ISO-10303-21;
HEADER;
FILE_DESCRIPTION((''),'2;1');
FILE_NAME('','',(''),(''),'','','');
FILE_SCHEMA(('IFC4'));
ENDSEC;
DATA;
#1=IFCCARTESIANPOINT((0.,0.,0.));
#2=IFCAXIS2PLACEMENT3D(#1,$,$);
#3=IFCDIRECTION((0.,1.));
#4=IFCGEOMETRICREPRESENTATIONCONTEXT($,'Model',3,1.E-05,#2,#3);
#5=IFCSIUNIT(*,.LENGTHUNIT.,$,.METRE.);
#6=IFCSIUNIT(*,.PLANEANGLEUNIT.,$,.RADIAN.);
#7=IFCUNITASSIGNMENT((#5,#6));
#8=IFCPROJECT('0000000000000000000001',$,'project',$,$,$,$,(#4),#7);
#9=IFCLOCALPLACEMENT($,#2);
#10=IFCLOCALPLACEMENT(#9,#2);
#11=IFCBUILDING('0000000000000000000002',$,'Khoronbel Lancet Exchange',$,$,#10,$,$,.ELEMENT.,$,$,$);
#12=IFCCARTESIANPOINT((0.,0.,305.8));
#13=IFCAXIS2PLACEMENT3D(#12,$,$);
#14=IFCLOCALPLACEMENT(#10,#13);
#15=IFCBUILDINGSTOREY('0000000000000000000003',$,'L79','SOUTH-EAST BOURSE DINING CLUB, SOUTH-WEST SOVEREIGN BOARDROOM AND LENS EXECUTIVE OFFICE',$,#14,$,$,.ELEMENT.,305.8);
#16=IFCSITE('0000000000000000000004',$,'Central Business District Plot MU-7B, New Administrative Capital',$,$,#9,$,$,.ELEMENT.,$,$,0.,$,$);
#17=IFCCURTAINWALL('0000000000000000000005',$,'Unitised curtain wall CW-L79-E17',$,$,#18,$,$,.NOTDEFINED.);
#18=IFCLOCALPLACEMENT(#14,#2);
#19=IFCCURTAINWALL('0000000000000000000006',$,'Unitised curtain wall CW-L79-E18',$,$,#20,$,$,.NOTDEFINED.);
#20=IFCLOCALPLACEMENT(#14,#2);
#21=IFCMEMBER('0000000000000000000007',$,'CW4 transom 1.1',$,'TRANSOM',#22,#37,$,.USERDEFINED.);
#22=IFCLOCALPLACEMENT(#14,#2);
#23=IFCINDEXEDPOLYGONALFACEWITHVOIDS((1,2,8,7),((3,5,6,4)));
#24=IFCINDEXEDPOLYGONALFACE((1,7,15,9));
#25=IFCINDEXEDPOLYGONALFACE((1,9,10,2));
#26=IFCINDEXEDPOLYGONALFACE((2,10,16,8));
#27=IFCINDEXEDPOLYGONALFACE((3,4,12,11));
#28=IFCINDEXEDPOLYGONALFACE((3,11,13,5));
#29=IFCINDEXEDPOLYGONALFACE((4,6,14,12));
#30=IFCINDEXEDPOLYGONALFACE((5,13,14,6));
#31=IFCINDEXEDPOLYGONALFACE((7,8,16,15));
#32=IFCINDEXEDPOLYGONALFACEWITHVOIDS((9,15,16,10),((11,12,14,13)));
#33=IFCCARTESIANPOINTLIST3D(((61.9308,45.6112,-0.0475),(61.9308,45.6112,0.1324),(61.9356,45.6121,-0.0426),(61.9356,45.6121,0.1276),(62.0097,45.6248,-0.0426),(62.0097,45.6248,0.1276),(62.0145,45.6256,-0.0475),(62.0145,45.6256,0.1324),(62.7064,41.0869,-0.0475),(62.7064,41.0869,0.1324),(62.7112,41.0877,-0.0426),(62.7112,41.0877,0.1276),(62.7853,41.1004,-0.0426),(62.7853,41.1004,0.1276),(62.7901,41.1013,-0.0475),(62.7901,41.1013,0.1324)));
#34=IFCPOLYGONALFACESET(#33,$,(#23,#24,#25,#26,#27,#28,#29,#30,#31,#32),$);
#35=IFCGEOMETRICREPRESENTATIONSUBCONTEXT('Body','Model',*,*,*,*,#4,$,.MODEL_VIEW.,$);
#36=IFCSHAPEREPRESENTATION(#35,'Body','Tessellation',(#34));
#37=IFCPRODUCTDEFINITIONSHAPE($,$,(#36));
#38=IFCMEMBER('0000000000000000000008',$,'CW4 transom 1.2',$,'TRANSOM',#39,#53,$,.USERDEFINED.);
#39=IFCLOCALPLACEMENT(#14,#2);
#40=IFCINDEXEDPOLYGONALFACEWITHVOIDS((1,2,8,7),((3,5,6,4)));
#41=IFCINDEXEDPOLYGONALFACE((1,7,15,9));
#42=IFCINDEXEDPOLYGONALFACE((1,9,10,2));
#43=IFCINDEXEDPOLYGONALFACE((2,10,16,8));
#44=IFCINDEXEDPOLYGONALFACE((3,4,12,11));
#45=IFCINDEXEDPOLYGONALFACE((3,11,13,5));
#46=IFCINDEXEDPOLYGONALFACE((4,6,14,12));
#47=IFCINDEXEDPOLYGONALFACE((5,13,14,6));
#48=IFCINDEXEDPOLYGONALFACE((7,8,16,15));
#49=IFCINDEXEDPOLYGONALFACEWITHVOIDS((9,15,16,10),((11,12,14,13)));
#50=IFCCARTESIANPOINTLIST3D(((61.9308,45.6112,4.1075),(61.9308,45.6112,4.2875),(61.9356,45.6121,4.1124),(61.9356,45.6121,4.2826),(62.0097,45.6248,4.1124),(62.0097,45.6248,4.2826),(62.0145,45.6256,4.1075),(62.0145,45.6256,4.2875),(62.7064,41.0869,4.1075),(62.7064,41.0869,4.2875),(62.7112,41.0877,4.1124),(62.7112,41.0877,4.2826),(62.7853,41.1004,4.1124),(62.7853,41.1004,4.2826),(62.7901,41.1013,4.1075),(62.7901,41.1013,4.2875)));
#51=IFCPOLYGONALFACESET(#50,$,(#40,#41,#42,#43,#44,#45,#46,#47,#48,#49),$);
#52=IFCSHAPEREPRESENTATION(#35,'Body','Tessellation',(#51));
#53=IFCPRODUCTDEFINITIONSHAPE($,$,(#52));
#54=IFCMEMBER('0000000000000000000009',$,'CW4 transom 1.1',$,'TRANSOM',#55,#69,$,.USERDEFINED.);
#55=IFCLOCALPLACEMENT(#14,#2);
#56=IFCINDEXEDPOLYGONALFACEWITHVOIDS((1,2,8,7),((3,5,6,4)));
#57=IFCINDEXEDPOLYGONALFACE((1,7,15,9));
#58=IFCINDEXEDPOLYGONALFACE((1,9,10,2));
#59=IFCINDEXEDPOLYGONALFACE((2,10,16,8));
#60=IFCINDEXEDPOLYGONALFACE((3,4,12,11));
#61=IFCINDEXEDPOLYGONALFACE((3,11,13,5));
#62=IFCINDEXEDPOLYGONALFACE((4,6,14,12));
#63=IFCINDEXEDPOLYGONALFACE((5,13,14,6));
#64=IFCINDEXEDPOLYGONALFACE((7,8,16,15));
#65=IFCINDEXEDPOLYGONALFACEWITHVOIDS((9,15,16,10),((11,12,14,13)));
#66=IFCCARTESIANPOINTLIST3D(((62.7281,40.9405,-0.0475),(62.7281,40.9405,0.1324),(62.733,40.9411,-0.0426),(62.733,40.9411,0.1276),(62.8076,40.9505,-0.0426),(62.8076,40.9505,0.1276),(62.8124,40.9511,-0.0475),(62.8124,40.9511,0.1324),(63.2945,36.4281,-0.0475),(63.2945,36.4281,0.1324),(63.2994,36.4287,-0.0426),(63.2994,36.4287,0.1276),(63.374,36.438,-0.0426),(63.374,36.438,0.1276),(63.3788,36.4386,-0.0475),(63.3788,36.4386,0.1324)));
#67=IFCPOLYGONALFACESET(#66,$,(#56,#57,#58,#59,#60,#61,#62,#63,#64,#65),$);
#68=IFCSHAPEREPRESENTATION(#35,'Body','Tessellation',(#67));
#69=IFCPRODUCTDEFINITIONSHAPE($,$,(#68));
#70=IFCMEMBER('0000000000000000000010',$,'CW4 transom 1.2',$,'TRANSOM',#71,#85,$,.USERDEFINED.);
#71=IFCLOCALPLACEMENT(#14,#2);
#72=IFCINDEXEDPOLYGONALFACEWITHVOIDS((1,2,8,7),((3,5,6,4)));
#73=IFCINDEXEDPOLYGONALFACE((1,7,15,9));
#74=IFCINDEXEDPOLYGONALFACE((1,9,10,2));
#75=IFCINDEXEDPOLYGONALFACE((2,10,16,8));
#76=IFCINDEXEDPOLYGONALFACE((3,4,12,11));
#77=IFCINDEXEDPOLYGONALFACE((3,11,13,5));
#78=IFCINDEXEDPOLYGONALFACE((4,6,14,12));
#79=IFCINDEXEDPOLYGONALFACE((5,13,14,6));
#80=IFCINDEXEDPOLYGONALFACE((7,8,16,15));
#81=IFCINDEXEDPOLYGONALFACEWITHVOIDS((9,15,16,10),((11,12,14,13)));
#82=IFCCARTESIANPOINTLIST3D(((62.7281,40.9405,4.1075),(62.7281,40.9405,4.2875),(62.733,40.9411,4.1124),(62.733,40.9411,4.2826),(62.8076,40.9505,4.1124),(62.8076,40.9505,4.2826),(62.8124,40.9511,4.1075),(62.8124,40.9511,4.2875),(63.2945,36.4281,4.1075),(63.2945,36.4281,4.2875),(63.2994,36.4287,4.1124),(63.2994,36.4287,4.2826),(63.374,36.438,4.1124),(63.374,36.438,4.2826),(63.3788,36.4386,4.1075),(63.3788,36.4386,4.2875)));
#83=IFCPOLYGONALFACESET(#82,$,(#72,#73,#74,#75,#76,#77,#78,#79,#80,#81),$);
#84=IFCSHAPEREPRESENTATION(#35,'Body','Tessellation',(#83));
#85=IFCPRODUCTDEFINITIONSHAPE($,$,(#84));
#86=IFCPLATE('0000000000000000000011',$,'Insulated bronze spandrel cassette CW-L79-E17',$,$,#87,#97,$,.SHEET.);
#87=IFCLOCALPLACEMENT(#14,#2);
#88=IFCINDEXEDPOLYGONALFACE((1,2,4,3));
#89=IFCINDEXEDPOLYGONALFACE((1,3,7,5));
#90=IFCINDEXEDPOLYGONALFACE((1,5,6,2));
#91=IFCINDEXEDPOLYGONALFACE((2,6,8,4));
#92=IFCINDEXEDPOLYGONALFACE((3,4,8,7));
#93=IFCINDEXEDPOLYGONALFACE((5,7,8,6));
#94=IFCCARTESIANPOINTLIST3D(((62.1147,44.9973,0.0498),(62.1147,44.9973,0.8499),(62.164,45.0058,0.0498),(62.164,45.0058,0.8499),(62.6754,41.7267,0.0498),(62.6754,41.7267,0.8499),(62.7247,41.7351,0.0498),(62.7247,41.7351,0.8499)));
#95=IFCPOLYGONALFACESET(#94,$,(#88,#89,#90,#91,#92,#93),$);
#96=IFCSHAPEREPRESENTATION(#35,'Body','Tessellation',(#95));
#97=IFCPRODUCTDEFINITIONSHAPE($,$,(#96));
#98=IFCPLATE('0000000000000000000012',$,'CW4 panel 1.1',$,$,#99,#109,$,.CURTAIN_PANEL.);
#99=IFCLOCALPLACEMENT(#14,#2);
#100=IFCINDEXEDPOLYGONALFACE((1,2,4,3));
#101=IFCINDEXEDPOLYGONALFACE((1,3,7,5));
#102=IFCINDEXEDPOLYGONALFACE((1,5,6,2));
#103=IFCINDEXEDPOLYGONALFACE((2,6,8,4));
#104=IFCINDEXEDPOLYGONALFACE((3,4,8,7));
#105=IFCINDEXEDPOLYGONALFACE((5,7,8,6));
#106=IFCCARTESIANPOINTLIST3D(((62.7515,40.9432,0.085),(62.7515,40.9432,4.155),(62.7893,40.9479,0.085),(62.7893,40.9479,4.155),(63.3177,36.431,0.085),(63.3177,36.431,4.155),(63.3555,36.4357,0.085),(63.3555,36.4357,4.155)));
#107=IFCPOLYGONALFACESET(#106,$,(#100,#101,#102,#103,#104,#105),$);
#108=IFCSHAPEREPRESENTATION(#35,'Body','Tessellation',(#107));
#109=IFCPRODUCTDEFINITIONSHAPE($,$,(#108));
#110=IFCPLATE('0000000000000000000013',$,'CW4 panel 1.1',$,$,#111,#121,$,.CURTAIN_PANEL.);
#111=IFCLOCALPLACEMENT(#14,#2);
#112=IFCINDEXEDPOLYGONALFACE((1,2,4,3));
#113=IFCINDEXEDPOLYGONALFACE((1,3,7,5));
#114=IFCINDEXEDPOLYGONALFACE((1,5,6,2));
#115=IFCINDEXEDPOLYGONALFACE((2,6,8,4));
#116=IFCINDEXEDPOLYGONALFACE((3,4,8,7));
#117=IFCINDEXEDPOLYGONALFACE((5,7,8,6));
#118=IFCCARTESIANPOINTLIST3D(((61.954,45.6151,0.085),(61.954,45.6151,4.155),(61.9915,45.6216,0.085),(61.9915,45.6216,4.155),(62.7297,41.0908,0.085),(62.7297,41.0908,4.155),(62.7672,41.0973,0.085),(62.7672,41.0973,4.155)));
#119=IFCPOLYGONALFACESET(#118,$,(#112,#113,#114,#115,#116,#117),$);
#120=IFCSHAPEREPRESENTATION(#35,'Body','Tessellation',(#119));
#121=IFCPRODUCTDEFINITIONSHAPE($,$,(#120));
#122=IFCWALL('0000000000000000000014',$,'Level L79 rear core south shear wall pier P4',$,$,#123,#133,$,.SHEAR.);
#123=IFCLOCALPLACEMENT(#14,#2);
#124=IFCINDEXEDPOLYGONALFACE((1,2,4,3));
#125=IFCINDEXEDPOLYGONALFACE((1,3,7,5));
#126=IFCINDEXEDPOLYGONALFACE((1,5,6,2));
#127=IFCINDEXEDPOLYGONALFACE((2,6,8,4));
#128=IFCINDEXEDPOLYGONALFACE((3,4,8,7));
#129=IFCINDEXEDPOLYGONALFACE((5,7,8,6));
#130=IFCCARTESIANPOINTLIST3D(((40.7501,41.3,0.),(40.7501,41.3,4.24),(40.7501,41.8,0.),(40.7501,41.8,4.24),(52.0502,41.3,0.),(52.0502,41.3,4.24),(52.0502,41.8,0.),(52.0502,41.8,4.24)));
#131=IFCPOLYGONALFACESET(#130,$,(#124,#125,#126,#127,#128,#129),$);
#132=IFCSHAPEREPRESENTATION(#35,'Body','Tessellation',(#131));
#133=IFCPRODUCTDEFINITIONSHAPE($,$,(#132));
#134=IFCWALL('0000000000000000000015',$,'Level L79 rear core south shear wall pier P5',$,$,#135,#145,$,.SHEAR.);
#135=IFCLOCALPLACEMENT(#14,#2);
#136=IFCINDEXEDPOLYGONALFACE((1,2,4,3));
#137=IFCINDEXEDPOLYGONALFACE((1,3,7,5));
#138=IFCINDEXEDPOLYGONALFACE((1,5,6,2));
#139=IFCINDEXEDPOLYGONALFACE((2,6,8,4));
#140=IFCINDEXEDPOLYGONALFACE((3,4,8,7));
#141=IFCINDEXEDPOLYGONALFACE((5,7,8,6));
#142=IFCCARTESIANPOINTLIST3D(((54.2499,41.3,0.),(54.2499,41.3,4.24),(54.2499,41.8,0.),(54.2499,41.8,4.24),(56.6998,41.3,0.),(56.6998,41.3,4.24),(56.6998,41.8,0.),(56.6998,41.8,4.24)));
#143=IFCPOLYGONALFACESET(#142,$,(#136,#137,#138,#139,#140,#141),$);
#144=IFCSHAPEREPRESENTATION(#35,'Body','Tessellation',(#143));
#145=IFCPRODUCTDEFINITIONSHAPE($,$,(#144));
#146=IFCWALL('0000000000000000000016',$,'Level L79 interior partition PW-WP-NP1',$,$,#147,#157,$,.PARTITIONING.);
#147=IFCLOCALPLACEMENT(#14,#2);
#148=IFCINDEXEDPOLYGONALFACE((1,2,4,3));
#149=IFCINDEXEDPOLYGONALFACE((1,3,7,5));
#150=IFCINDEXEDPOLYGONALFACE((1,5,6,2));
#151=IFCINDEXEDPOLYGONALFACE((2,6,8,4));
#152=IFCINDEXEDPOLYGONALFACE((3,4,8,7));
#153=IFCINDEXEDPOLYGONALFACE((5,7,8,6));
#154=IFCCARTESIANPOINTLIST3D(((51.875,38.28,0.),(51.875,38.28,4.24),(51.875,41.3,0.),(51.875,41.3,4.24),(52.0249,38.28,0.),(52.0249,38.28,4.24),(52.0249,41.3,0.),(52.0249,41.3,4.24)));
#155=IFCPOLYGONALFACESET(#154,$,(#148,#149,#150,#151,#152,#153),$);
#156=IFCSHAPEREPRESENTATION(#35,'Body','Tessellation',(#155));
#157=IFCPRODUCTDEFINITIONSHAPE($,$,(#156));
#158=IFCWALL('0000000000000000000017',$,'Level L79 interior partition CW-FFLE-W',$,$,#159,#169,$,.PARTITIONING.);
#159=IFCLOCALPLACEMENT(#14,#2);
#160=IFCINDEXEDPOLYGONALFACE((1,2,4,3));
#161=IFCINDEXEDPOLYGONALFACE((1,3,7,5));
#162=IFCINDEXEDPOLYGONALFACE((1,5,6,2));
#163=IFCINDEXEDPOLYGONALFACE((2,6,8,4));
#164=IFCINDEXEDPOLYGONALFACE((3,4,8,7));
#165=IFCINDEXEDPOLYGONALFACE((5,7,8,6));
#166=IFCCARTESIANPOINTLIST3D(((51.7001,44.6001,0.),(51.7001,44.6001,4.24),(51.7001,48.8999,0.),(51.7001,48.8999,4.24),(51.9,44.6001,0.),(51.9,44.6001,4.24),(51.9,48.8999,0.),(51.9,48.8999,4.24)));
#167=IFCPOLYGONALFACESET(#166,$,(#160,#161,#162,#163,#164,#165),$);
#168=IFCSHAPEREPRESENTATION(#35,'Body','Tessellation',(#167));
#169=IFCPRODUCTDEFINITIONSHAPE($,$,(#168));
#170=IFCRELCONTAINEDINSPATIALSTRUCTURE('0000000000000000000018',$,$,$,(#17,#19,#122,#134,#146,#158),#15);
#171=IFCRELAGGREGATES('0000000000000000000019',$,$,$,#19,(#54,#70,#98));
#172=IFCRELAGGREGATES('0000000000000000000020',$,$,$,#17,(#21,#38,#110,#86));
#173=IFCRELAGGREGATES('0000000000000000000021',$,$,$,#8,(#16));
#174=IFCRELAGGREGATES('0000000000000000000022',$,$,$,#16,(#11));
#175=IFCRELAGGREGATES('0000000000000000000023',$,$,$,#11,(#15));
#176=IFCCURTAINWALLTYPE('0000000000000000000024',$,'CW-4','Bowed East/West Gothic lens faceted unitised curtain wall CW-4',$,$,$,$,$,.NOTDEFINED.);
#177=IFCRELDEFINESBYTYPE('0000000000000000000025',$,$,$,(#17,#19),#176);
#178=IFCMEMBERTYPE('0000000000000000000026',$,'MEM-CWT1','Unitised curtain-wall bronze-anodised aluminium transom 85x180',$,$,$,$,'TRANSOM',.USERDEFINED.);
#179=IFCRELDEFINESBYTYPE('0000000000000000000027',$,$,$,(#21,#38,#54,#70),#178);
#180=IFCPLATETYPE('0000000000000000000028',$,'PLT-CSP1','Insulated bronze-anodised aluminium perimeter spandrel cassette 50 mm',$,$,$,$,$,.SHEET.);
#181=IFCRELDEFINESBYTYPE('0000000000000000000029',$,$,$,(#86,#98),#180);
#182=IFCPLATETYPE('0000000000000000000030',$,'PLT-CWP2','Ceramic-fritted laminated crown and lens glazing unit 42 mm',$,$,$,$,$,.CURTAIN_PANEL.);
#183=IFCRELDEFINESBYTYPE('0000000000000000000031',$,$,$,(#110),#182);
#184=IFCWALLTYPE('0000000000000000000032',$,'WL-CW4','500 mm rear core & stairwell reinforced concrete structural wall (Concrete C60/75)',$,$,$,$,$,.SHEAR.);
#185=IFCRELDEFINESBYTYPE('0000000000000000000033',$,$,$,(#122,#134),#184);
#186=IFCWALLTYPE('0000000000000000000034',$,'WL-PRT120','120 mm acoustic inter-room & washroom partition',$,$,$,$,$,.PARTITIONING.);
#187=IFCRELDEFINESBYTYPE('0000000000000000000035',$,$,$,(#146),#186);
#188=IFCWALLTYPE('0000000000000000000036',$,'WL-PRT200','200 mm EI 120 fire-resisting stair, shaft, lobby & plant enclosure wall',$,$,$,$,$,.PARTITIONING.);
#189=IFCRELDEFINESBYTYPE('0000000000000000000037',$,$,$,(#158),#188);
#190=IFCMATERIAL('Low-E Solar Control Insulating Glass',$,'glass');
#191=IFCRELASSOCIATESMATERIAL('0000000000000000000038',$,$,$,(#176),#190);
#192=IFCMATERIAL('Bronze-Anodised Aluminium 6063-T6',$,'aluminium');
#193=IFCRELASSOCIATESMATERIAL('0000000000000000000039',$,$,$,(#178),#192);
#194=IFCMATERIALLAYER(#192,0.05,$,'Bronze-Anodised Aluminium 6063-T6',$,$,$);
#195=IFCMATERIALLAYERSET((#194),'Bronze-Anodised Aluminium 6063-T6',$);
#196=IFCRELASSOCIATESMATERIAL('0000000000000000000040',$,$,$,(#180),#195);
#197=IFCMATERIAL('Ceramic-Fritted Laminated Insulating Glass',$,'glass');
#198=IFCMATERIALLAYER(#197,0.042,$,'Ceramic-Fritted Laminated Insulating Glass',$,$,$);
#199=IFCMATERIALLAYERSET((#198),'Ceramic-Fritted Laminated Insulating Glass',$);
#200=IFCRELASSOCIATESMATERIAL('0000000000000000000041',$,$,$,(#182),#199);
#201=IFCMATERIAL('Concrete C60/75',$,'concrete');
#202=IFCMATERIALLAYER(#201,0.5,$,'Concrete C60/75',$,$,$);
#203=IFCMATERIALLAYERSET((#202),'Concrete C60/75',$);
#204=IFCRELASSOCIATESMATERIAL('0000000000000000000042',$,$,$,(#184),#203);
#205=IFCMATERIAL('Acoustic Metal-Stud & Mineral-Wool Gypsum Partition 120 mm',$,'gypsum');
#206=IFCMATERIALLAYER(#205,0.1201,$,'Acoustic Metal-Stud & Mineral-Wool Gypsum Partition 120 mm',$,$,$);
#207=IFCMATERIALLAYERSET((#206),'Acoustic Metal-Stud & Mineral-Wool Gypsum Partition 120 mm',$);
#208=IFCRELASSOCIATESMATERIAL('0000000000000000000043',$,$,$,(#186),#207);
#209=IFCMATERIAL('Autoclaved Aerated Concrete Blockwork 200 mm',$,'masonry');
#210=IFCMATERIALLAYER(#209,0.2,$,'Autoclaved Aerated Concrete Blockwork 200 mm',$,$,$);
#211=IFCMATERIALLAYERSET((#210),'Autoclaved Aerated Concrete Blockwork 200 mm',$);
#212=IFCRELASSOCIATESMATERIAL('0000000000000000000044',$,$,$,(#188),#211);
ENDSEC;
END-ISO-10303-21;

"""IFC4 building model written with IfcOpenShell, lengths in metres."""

from ifc_helpers import new_model, si_unit, direction, frame, frame_2d, origin, origin_2d, place, context, subcontext, project, spatial, rectangle, hollow_rectangle, extrude, material, layer, layer_set, material_profile, profile_set, type_object, element, aggregate, save


model = new_model("IFC4")

# Units and contexts
model_context = context("Model", 3, precision=1e-05, world=origin(), true_north=direction((0.0, 1.0)))
body_context = subcontext(model_context, "Body", "Model", "MODEL_VIEW")
ifc_project = project(units=[si_unit("LENGTHUNIT", "METRE"), si_unit("PLANEANGLEUNIT", "RADIAN")], contexts=[model_context])

# Site, building, storey
site_placement = place(None, origin())
site = spatial("IfcSite", under=ifc_project, at=site_placement, Name="Central Business District Plot MU-7B, New Administrative Capital", CompositionType="ELEMENT", RefElevation=0.0)
building_placement = place(site_placement, origin())
building = spatial("IfcBuilding", under=site, at=building_placement, Name="Khoronbel Lancet Exchange", CompositionType="ELEMENT")
storey_placement = place(building_placement, frame((0.0, 0.0, 305.8)))
storey = spatial("IfcBuildingStorey", under=building, at=storey_placement, Name="L79", Description="SOUTH-EAST BOURSE DINING CLUB, SOUTH-WEST SOVEREIGN BOARDROOM AND LENS EXECUTIVE OFFICE", CompositionType="ELEMENT", Elevation=305.8)

# Shared definitions
ifc_material_1 = material(Name="Concrete C60/75", Category="concrete")

# Curtain wall
ifc_material_2 = material(Name="Low-E Solar Control Insulating Glass", Category="glass")
curtain_wall_type = type_object("IfcCurtainWallType", Name="CW-4", Description="Bowed East/West Gothic lens faceted unitised curtain wall CW-4", PredefinedType="NOTDEFINED", material=ifc_material_2)
curtain_wall_1_placement = place(storey_placement, origin())
curtain_wall_1 = element("IfcCurtainWall", 1, at=curtain_wall_1_placement, inside=storey, type_object=curtain_wall_type, Name="Unitised curtain wall CW-L79-E17", PredefinedType="NOTDEFINED")
ifc_material_3 = material(Name="Bronze-Anodised Aluminium 6063-T6", Category="aluminium")

# Curtain wall
curtain_wall_2_placement = place(storey_placement, origin())
curtain_wall_2 = element("IfcCurtainWall", 2, at=curtain_wall_2_placement, inside=storey, type_object=curtain_wall_type, Name="Unitised curtain wall CW-L79-E18", PredefinedType="NOTDEFINED")

# Members
ifc_material_profile_1 = material_profile(ifc_material_3, hollow_rectangle(XDim=0.085, YDim=0.1799, WallThickness=0.0049, at=origin_2d()), Name="ALU TRANSOM 85x180")
ifc_profile_set_1 = profile_set([ifc_material_profile_1], Name="Bronze-Anodised Aluminium 6063-T6")
member_type_1 = type_object("IfcMemberType", Name="MEM-CWT1", Description="Unitised curtain-wall bronze-anodised aluminium transom 85x180", ElementType="TRANSOM", PredefinedType="USERDEFINED", material=ifc_profile_set_1)
member_1_placement = place(storey_placement, frame((61.9727, 45.6184, 0.0425), z_axis=(0.168968, -0.985621, 0.0), x_axis=(0.985621, 0.168968, 0.0)))
member_1 = element("IfcMember", 3, at=member_1_placement, type_object=member_type_1, Name="CW4 transom 1.1", ObjectType="TRANSOM", PredefinedType="USERDEFINED", context=body_context, shape_type="SweptSolid", body=[
    extrude(hollow_rectangle(XDim=0.085, YDim=0.1799, WallThickness=0.0049, at=origin_2d()), origin(), (0.0, 0.0, 1.0), 4.5903),
])
member_2_placement = place(storey_placement, frame((61.9727, 45.6184, 4.1975), z_axis=(0.168968, -0.985621, 0.0), x_axis=(0.985621, 0.168968, 0.0)))
member_2 = element("IfcMember", 4, at=member_2_placement, type_object=member_type_1, Name="CW4 transom 1.2", ObjectType="TRANSOM", PredefinedType="USERDEFINED", context=body_context, shape_type="SweptSolid", body=[
    extrude(hollow_rectangle(XDim=0.085, YDim=0.1799, WallThickness=0.0049, at=origin_2d()), origin(), (0.0, 0.0, 1.0), 4.5903),
])
member_3_placement = place(storey_placement, frame((62.7703, 40.9458, 0.0425), z_axis=(0.124543, -0.992214, 0.0), x_axis=(0.992214, 0.124543, 0.0)))
member_3 = element("IfcMember", 5, at=member_3_placement, type_object=member_type_1, Name="CW4 transom 1.1", ObjectType="TRANSOM", PredefinedType="USERDEFINED", context=body_context, shape_type="SweptSolid", body=[
    extrude(hollow_rectangle(XDim=0.085, YDim=0.1799, WallThickness=0.0049, at=origin_2d()), origin(), (0.0, 0.0, 1.0), 4.5479),
])
member_4_placement = place(storey_placement, frame((62.7703, 40.9458, 4.1975), z_axis=(0.124543, -0.992214, 0.0), x_axis=(0.992214, 0.124543, 0.0)))
member_4 = element("IfcMember", 6, at=member_4_placement, type_object=member_type_1, Name="CW4 transom 1.2", ObjectType="TRANSOM", PredefinedType="USERDEFINED", context=body_context, shape_type="SweptSolid", body=[
    extrude(hollow_rectangle(XDim=0.085, YDim=0.1799, WallThickness=0.0049, at=origin_2d()), origin(), (0.0, 0.0, 1.0), 4.5479),
])

# Plates
ifc_layer_1 = layer(ifc_material_3, 0.05, Name="Bronze-Anodised Aluminium 6063-T6")
ifc_layer_set_1 = layer_set([ifc_layer_1], Name="Bronze-Anodised Aluminium 6063-T6")
plate_type_1 = type_object("IfcPlateType", Name="PLT-CSP1", Description="Insulated bronze-anodised aluminium perimeter spandrel cassette 50 mm", PredefinedType="SHEET", material=ifc_layer_set_1)
plate_1_placement = place(storey_placement, frame((62.4197, 43.3662, 0.0498), z_axis=(0.0, 0.0, 1.0), x_axis=(0.168974, -0.98562, 0.0)))
plate_1 = element("IfcPlate", 7, at=plate_1_placement, type_object=plate_type_1, Name="Insulated bronze spandrel cassette CW-L79-E17", PredefinedType="SHEET", context=body_context, shape_type="SweptSolid", body=[
    extrude(rectangle(XDim=3.3184, YDim=0.05, at=origin_2d()), origin(), (0.0, 0.0, 1.0), 0.8),
])
plate_2_placement = place(storey_placement, frame((63.0535, 38.6895, 0.085), z_axis=(0.0, 0.0, 1.0), x_axis=(0.124509, -0.992218, 0.0)))
plate_2 = element("IfcPlate", 8, at=plate_2_placement, type_object=plate_type_1, Name="CW4 panel 1.1", PredefinedType="CURTAIN_PANEL", context=body_context, shape_type="SweptSolid", body=[
    extrude(rectangle(XDim=4.5476, YDim=0.0381, at=origin_2d()), origin(), (0.0, 0.0, 1.0), 4.0701),
])
aggregate(curtain_wall_2, [member_3, member_4, plate_2])
ifc_material_4 = material(Name="Ceramic-Fritted Laminated Insulating Glass", Category="glass")
ifc_layer_2 = layer(ifc_material_4, 0.042, Name="Ceramic-Fritted Laminated Insulating Glass")
ifc_layer_set_2 = layer_set([ifc_layer_2], Name="Ceramic-Fritted Laminated Insulating Glass")
plate_type_2 = type_object("IfcPlateType", Name="PLT-CWP2", Description="Ceramic-fritted laminated crown and lens glazing unit 42 mm", PredefinedType="CURTAIN_PANEL", material=ifc_layer_set_2)
plate_3_placement = place(storey_placement, frame((62.3606, 43.3562, 0.085), z_axis=(0.0, 0.0, 1.0), x_axis=(0.168974, -0.98562, 0.0)))
plate_3 = element("IfcPlate", 9, at=plate_3_placement, type_object=plate_type_2, Name="CW4 panel 1.1", PredefinedType="CURTAIN_PANEL", context=body_context, shape_type="SweptSolid", body=[
    extrude(rectangle(XDim=4.5903, YDim=0.0381, at=origin_2d()), origin(), (0.0, 0.0, 1.0), 4.0701),
])
aggregate(curtain_wall_1, [member_1, member_2, plate_3, plate_1])

# Walls
ifc_layer_3 = layer(ifc_material_1, 0.5, Name="Concrete C60/75")
ifc_layer_set_3 = layer_set([ifc_layer_3], Name="Concrete C60/75")
wall_type_1 = type_object("IfcWallType", Name="WL-CW4", Description="500 mm rear core & stairwell reinforced concrete structural wall (Concrete C60/75)", PredefinedType="SHEAR", material=ifc_layer_set_3)
wall_1_placement = place(storey_placement, frame((52.05, 41.55, 0.0), z_axis=(0.0, 0.0, 1.0), x_axis=(-1.0, 0.0, 0.0)))
element("IfcWall", 10, at=wall_1_placement, inside=storey, type_object=wall_type_1, Name="Level L79 rear core south shear wall pier P4", PredefinedType="SHEAR", context=body_context, shape_type="SweptSolid", body=[
    extrude(rectangle(XDim=11.3, YDim=0.5, at=frame_2d((5.6499, 0.0))), origin(), (0.0, 0.0, 1.0), 4.24),
])
wall_2_placement = place(storey_placement, frame((56.7, 41.55, 0.0), z_axis=(0.0, 0.0, 1.0), x_axis=(-1.0, 0.0, 0.0)))
element("IfcWall", 11, at=wall_2_placement, inside=storey, type_object=wall_type_1, Name="Level L79 rear core south shear wall pier P5", PredefinedType="SHEAR", context=body_context, shape_type="SweptSolid", body=[
    extrude(rectangle(XDim=2.45, YDim=0.5, at=frame_2d((1.2251, 0.0))), origin(), (0.0, 0.0, 1.0), 4.24),
])
ifc_material_5 = material(Name="Acoustic Metal-Stud & Mineral-Wool Gypsum Partition 120 mm", Category="gypsum")
ifc_layer_4 = layer(ifc_material_5, 0.1201, Name="Acoustic Metal-Stud & Mineral-Wool Gypsum Partition 120 mm")
ifc_layer_set_4 = layer_set([ifc_layer_4], Name="Acoustic Metal-Stud & Mineral-Wool Gypsum Partition 120 mm")
wall_type_2 = type_object("IfcWallType", Name="WL-PRT120", Description="120 mm acoustic inter-room & washroom partition", PredefinedType="PARTITIONING", material=ifc_layer_set_4)
wall_3_placement = place(storey_placement, frame((51.95, 38.28, 0.0), z_axis=(0.0, 0.0, 1.0), x_axis=(0.0, 1.0, 0.0)))
element("IfcWall", 12, at=wall_3_placement, inside=storey, type_object=wall_type_2, Name="Level L79 interior partition PW-WP-NP1", PredefinedType="PARTITIONING", context=body_context, shape_type="SweptSolid", body=[
    extrude(rectangle(XDim=3.02, YDim=0.1499, at=frame_2d((1.51, 0.0))), origin(), (0.0, 0.0, 1.0), 4.24),
])
ifc_material_6 = material(Name="Autoclaved Aerated Concrete Blockwork 200 mm", Category="masonry")
ifc_layer_5 = layer(ifc_material_6, 0.2, Name="Autoclaved Aerated Concrete Blockwork 200 mm")
ifc_layer_set_5 = layer_set([ifc_layer_5], Name="Autoclaved Aerated Concrete Blockwork 200 mm")
wall_type_3 = type_object("IfcWallType", Name="WL-PRT200", Description="200 mm EI 120 fire-resisting stair, shaft, lobby & plant enclosure wall", PredefinedType="PARTITIONING", material=ifc_layer_set_5)
wall_4_placement = place(storey_placement, frame((51.8, 44.6001, 0.0), z_axis=(0.0, 0.0, 1.0), x_axis=(0.0, 1.0, 0.0)))
element("IfcWall", 13, at=wall_4_placement, inside=storey, type_object=wall_type_3, Name="Level L79 interior partition CW-FFLE-W", PredefinedType="PARTITIONING", context=body_context, shape_type="SweptSolid", body=[
    extrude(rectangle(XDim=4.2998, YDim=0.2, at=frame_2d((2.1499, 0.0))), origin(), (0.0, 0.0, 1.0), 4.24),
])

save(model, "model.ifc")
